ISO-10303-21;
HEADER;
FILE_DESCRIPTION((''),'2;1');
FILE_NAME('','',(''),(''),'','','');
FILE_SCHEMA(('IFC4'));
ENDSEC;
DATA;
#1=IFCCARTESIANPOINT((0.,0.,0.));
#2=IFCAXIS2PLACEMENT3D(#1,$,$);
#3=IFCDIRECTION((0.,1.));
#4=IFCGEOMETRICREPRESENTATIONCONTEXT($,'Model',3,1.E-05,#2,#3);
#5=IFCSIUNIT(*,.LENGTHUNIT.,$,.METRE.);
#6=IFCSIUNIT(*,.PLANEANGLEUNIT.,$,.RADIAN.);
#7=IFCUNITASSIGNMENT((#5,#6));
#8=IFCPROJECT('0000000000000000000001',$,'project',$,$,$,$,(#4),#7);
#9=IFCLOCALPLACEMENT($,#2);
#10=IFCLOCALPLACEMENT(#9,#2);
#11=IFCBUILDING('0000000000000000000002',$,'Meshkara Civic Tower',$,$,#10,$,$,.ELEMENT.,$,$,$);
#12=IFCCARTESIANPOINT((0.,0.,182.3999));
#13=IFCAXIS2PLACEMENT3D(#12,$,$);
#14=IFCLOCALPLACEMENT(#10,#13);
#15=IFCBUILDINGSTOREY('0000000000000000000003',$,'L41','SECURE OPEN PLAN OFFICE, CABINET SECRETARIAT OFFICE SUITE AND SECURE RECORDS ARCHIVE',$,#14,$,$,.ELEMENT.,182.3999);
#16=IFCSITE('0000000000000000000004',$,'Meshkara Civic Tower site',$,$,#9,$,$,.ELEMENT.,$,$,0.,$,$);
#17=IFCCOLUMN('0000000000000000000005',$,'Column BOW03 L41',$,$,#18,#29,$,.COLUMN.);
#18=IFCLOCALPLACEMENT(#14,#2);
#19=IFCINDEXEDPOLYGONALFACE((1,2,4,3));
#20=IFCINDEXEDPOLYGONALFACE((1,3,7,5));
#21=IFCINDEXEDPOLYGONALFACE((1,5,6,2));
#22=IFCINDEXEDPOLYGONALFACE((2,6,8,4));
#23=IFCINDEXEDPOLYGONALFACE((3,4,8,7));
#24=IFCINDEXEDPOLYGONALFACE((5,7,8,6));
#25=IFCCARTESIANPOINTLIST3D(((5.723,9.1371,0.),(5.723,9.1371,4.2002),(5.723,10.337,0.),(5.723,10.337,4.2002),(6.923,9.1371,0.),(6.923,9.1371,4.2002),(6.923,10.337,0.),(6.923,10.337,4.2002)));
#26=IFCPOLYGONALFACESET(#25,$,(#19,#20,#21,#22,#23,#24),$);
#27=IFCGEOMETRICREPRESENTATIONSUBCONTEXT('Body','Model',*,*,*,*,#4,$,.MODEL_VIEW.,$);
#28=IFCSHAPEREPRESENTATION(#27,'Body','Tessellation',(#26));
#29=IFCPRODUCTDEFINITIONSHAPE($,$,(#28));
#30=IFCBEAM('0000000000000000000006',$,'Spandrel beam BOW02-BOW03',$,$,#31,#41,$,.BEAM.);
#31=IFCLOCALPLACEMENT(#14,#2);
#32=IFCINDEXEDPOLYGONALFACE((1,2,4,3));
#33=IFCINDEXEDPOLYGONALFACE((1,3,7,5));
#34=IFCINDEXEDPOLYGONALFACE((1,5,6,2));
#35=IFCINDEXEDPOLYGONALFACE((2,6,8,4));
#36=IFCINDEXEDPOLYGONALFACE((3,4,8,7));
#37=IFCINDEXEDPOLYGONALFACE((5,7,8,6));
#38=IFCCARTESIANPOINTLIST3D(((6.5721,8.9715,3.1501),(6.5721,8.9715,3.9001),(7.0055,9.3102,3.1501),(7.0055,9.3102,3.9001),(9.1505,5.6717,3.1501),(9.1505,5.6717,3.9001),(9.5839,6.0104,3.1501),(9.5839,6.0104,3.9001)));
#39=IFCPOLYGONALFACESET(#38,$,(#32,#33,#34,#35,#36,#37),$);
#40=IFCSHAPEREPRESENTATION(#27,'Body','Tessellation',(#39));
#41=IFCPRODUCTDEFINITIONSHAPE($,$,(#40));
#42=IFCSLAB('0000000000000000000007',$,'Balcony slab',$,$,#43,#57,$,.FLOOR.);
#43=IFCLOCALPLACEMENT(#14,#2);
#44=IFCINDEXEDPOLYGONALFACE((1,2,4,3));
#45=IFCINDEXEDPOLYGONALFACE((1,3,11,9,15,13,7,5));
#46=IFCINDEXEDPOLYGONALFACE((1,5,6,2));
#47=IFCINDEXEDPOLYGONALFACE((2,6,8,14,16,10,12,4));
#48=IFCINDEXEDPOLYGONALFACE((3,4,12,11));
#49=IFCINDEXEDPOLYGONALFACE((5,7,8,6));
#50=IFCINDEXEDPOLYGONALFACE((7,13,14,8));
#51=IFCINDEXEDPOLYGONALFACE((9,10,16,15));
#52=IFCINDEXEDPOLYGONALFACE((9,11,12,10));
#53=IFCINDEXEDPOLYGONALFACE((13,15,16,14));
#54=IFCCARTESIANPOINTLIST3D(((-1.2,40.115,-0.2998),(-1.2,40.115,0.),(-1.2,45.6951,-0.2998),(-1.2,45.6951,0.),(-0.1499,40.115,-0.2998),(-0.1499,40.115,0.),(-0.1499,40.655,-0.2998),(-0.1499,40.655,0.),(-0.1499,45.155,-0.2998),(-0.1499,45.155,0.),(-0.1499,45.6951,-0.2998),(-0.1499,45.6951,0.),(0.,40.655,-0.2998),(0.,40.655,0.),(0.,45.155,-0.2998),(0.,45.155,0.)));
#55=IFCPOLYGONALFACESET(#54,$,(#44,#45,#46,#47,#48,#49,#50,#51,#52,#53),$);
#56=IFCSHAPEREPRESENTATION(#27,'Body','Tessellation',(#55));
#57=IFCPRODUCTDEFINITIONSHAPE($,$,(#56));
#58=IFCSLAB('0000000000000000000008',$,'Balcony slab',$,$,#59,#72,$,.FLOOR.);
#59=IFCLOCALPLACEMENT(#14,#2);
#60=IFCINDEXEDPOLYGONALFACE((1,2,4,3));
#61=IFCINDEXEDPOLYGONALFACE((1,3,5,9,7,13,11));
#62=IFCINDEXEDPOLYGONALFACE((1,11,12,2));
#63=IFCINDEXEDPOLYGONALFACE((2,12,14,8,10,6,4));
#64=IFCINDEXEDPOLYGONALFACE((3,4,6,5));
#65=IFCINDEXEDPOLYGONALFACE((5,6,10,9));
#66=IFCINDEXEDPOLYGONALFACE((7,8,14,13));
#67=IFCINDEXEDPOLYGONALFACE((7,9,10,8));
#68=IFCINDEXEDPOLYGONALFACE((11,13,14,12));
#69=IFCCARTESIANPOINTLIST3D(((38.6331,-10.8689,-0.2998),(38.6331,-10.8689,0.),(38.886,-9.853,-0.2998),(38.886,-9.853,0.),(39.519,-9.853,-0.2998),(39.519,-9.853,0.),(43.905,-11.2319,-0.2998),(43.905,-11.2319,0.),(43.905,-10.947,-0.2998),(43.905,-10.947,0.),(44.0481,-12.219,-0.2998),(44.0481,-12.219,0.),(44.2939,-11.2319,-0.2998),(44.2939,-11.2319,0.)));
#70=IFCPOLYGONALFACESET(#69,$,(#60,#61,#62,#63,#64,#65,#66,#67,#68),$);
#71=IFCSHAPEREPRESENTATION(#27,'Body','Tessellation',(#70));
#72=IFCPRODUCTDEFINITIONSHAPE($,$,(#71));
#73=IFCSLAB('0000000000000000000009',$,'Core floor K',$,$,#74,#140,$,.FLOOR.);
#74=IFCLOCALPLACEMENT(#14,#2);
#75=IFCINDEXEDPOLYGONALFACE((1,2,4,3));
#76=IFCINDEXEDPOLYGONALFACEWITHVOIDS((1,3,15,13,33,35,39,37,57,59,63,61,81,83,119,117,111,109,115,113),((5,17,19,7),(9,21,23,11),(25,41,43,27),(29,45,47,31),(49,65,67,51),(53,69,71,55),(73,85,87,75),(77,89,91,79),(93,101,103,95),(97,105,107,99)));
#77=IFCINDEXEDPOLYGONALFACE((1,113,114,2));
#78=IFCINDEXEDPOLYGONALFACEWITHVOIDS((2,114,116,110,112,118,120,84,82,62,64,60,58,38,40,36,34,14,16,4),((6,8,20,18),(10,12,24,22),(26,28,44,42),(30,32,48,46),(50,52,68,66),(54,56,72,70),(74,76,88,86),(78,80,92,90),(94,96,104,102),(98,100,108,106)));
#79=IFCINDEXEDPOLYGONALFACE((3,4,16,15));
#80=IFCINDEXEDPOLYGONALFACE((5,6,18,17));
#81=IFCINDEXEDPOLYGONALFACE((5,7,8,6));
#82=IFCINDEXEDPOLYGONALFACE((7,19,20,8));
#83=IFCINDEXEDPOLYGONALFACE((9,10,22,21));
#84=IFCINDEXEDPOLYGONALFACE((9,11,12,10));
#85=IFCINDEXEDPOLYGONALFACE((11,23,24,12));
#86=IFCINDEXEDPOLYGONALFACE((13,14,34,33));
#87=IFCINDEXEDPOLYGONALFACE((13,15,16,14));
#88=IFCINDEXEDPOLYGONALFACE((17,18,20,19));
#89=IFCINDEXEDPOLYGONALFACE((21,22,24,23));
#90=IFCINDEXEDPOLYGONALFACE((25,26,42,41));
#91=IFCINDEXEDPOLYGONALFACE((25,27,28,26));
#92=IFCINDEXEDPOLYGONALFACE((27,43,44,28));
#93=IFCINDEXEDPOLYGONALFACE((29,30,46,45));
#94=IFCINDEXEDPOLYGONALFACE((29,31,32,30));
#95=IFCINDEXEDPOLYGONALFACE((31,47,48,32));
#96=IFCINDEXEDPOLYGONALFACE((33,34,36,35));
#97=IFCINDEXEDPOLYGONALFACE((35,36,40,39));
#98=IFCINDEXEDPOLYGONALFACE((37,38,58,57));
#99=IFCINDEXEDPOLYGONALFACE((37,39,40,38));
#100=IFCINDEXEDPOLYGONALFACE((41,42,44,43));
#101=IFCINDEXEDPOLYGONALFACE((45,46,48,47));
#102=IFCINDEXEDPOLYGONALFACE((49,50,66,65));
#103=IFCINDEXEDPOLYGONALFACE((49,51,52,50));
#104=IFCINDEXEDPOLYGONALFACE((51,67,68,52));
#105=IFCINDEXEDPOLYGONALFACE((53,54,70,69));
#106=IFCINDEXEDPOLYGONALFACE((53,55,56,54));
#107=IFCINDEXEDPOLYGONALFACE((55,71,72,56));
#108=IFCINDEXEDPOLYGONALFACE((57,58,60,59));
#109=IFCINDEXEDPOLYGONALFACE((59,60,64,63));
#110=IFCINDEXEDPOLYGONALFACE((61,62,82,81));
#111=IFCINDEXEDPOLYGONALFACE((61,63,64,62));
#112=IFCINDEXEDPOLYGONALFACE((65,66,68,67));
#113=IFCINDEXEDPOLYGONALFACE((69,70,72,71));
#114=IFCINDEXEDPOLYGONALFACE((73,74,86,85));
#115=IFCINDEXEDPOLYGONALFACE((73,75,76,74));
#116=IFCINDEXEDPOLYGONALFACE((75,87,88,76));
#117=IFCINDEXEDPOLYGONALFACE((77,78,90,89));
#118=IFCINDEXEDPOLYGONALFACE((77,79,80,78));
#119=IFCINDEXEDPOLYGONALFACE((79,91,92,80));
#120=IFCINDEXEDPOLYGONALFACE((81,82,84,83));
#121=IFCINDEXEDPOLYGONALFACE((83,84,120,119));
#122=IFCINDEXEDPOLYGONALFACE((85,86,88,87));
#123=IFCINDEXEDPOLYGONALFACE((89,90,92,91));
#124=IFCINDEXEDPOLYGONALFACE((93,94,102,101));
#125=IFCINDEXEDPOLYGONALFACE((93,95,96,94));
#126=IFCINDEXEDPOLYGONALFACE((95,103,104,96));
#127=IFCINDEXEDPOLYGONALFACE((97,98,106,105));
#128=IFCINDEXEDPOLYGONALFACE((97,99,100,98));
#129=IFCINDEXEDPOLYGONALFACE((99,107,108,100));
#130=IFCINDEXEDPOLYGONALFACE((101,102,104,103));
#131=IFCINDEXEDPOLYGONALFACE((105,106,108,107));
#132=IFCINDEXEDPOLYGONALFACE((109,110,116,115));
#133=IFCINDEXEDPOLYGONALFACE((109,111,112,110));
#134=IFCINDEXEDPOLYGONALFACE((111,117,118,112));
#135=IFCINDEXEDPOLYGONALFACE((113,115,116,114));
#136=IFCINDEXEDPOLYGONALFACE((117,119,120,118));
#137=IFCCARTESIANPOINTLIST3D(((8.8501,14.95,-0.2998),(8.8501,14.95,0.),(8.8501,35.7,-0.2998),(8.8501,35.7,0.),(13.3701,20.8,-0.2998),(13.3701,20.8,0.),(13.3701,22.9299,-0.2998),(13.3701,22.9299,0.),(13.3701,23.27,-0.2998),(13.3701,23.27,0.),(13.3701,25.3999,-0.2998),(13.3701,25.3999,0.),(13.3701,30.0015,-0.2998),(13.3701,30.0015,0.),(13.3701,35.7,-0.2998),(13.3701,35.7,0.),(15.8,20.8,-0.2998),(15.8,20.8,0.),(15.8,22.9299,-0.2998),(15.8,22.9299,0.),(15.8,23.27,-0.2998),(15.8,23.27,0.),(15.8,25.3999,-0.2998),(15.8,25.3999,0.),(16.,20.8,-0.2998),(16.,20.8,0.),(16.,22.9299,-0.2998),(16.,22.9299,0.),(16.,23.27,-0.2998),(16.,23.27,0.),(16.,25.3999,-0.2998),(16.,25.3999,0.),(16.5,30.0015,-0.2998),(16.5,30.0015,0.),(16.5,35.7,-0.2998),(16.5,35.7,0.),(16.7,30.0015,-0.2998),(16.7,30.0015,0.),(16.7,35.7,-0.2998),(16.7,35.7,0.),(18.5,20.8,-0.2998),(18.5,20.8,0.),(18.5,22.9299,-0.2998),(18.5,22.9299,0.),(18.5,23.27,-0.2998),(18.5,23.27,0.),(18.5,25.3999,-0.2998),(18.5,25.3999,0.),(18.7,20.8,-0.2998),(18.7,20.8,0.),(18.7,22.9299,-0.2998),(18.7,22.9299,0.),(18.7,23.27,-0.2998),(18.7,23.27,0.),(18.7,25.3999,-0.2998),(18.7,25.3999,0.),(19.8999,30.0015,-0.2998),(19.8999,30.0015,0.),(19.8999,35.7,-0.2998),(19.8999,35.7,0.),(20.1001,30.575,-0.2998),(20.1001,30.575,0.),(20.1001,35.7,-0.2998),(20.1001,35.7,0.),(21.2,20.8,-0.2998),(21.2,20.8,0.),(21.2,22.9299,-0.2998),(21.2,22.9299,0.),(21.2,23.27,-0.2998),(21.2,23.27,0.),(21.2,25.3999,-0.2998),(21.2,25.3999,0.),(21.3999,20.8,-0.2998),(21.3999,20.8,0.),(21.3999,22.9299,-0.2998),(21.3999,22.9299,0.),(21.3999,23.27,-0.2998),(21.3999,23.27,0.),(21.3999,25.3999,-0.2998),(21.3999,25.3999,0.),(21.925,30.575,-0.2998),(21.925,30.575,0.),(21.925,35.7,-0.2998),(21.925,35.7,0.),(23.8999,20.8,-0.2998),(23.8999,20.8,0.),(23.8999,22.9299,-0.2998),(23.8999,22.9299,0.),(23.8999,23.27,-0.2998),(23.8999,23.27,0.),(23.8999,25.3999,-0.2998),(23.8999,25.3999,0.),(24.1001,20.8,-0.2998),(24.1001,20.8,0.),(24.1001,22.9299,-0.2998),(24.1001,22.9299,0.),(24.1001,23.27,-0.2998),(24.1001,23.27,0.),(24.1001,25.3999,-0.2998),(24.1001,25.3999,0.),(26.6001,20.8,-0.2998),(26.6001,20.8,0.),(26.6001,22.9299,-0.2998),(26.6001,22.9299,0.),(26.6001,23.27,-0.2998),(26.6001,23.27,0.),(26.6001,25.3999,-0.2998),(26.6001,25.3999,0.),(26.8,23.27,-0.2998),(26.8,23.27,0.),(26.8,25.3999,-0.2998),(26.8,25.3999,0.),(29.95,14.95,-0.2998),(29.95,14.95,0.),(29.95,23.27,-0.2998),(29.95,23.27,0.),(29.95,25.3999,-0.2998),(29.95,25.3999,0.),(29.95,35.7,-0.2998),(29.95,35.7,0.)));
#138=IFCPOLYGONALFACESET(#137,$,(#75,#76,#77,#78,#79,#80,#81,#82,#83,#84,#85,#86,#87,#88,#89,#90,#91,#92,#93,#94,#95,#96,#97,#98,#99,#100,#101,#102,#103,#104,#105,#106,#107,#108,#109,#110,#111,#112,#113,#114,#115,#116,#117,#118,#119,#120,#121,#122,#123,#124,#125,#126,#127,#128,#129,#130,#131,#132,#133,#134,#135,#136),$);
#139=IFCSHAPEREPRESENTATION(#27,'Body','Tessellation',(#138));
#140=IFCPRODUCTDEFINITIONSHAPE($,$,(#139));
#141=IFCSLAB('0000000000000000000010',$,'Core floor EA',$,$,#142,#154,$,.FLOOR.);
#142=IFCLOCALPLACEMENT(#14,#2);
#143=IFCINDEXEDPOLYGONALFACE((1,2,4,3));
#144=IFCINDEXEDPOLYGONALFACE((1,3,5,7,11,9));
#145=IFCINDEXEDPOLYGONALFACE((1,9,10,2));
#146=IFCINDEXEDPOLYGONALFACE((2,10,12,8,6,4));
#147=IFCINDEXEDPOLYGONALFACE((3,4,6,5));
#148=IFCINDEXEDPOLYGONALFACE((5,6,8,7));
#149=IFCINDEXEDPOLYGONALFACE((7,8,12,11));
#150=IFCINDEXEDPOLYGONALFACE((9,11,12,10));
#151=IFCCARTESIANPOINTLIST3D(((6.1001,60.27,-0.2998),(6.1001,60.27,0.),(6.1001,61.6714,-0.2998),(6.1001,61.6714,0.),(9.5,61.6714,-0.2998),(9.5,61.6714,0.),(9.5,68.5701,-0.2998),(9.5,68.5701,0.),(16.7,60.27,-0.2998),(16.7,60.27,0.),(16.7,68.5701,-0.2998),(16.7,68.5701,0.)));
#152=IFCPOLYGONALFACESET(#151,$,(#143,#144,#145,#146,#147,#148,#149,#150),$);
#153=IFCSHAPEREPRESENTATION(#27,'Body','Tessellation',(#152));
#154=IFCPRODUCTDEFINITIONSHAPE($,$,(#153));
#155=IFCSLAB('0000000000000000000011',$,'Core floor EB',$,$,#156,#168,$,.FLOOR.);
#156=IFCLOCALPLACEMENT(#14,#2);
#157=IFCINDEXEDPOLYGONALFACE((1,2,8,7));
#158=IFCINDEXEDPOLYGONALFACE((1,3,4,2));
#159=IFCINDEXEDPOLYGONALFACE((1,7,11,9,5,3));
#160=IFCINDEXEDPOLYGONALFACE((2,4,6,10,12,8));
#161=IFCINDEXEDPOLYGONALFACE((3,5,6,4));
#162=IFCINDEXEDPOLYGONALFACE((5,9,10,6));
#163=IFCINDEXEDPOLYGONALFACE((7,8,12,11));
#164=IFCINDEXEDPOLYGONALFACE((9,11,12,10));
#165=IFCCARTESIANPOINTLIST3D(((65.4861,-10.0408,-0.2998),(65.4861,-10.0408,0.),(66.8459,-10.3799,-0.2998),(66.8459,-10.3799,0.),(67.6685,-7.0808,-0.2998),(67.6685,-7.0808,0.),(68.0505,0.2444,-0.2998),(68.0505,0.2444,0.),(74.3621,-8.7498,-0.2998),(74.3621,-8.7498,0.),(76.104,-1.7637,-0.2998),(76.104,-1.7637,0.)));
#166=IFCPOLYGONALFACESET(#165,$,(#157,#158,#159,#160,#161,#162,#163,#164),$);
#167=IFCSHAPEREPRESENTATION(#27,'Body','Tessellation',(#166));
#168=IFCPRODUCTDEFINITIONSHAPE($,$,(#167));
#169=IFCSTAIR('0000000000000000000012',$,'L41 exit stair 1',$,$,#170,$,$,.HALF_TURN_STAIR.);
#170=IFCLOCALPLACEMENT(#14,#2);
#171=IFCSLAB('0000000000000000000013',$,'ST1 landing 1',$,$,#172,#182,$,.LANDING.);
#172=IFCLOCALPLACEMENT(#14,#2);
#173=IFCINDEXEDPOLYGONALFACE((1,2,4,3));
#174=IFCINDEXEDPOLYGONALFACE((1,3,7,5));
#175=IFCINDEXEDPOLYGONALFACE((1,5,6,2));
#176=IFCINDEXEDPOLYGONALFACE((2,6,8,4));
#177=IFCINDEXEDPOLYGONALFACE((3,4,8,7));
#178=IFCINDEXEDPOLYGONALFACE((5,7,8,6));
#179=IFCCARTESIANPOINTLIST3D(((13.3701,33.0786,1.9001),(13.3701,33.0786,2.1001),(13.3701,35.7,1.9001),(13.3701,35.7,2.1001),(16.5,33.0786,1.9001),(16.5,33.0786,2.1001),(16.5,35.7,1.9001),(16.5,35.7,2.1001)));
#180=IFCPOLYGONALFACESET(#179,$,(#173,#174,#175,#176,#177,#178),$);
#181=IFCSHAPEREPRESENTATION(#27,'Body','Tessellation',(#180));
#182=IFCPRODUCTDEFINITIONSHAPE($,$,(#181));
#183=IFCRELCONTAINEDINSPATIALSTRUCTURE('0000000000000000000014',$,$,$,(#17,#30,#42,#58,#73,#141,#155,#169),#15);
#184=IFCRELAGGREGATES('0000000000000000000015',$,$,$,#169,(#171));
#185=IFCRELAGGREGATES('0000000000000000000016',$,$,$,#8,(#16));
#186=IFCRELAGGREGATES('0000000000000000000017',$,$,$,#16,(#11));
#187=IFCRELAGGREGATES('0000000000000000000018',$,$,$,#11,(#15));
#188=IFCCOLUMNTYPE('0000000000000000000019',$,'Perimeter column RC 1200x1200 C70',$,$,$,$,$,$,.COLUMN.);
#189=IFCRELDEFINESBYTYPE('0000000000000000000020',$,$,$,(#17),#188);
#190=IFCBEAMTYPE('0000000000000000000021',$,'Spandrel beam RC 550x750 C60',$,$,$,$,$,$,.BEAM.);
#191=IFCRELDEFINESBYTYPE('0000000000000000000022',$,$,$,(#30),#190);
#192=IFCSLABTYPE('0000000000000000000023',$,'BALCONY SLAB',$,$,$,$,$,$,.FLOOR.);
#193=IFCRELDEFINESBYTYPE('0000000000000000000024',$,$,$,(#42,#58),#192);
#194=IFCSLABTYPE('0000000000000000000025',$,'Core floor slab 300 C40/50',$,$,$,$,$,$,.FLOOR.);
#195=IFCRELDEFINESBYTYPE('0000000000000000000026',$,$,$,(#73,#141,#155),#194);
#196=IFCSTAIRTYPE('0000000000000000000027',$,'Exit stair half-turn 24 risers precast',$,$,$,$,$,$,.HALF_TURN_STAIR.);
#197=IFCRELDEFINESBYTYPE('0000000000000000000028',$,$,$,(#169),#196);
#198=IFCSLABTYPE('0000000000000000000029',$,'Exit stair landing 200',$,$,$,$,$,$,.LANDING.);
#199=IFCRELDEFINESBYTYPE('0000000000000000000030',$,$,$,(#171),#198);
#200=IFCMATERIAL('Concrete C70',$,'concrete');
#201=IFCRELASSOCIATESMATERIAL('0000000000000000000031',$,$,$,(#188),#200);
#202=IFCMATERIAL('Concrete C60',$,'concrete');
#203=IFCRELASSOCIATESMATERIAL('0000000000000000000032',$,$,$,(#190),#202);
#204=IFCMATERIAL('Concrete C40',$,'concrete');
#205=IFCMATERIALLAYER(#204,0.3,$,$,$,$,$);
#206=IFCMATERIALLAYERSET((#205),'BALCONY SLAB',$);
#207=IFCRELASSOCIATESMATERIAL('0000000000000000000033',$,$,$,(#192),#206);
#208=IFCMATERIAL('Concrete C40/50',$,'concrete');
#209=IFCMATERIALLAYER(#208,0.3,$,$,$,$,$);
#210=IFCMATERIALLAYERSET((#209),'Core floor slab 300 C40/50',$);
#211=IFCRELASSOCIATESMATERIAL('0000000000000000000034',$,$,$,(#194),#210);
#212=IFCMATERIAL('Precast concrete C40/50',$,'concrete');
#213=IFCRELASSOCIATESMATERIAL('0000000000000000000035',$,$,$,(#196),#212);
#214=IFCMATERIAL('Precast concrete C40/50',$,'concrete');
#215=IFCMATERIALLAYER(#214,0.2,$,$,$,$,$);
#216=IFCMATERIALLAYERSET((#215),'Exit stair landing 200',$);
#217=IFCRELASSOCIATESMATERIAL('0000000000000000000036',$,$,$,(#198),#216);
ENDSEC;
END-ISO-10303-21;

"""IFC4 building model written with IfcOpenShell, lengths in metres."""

from ifc_helpers import new_model, si_unit, direction, frame, origin, origin_2d, place, context, subcontext, project, spatial, polyline, rectangle, outline, extrude, material, layer, layer_set, material_profile, profile_set, type_object, element, aggregate, save


model = new_model("IFC4")

# Units and contexts
model_context = context("Model", 3, precision=1e-05, world=origin(), true_north=direction((0.0, 1.0)))
body_context = subcontext(model_context, "Body", "Model", "MODEL_VIEW")
ifc_project = project(units=[si_unit("LENGTHUNIT", "METRE"), si_unit("PLANEANGLEUNIT", "RADIAN")], contexts=[model_context])

# Site, building, storey
site_placement = place(None, origin())
site = spatial("IfcSite", under=ifc_project, at=site_placement, Name="Meshkara Civic Tower site", CompositionType="ELEMENT", RefElevation=0.0)
building_placement = place(site_placement, origin())
building = spatial("IfcBuilding", under=site, at=building_placement, Name="Meshkara Civic Tower", CompositionType="ELEMENT")
storey_placement = place(building_placement, frame((0.0, 0.0, 182.3999)))
storey = spatial("IfcBuildingStorey", under=building, at=storey_placement, Name="L41", Description="SECURE OPEN PLAN OFFICE, CABINET SECRETARIAT OFFICE SUITE AND SECURE RECORDS ARCHIVE", CompositionType="ELEMENT", Elevation=182.3999)

# Column
ifc_material_1 = material(Name="Concrete C70", Category="concrete")
ifc_material_profile_1 = material_profile(ifc_material_1, rectangle(XDim=1.2, YDim=1.2, at=origin_2d()))
ifc_profile_set_1 = profile_set([ifc_material_profile_1], Name="Concrete C70")
column_type = type_object("IfcColumnType", Name="Perimeter column RC 1200x1200 C70", PredefinedType="COLUMN", material=ifc_profile_set_1)
column_placement = place(storey_placement, frame((6.323, 9.7371, 0.0), z_axis=(0.0, 0.0, 1.0), x_axis=(1.0, 0.0, 0.0)))
element("IfcColumn", 1, at=column_placement, inside=storey, type_object=column_type, Name="Column BOW03 L41", PredefinedType="COLUMN", context=body_context, shape_type="SweptSolid", body=[
    extrude(rectangle(XDim=1.2, YDim=1.2, at=origin_2d()), origin(), (0.0, 0.0, 1.0), 4.2002),
])

# Beam
ifc_material_2 = material(Name="Concrete C60", Category="concrete")
ifc_material_profile_2 = material_profile(ifc_material_2, rectangle(XDim=0.55, YDim=0.75, at=origin_2d()))
ifc_profile_set_2 = profile_set([ifc_material_profile_2], Name="Concrete C60")
beam_type = type_object("IfcBeamType", Name="Spandrel beam RC 550x750 C60", PredefinedType="BEAM", material=ifc_profile_set_2)
beam_placement = place(storey_placement, frame((6.7888, 9.1409, 3.5251), z_axis=(0.615703, -0.787978, 0.0), x_axis=(0.787978, 0.615703, 0.0)))
element("IfcBeam", 2, at=beam_placement, inside=storey, type_object=beam_type, Name="Spandrel beam BOW02-BOW03", PredefinedType="BEAM", context=body_context, shape_type="SweptSolid", body=[
    extrude(rectangle(XDim=0.55, YDim=0.75, at=origin_2d()), origin(), (0.0, 0.0, 1.0), 4.1877),
])

# Slabs
ifc_material_3 = material(Name="Concrete C40", Category="concrete")
ifc_layer_1 = layer(ifc_material_3, 0.3)
ifc_layer_set_1 = layer_set([ifc_layer_1], Name="BALCONY SLAB")
slab_type_1 = type_object("IfcSlabType", Name="BALCONY SLAB", PredefinedType="FLOOR", material=ifc_layer_set_1)
slab_1_placement = place(storey_placement, frame((0.0, 0.0, -0.2998)))
element("IfcSlab", 3, at=slab_1_placement, inside=storey, type_object=slab_type_1, Name="Balcony slab", PredefinedType="FLOOR", context=body_context, shape_type="SweptSolid", body=[
    extrude(outline(polyline([(-1.2, 40.115), (-1.2, 45.6951), (-0.1499, 45.6951), (-0.1499, 45.155), (0.0, 45.155), (0.0, 40.655), (-0.1499, 40.655), (-0.1499, 40.115), (-1.2, 40.115)])), origin(), (0.0, 0.0, 1.0), 0.2998),
])
slab_2_placement = place(storey_placement, frame((0.0, 0.0, -0.2998)))
element("IfcSlab", 4, at=slab_2_placement, inside=storey, type_object=slab_type_1, Name="Balcony slab", PredefinedType="FLOOR", context=body_context, shape_type="SweptSolid", body=[
    extrude(outline(polyline([(44.0481, -12.219), (38.6331, -10.8689), (38.886, -9.853), (39.519, -9.853), (43.905, -10.947), (43.905, -11.2319), (44.2939, -11.2319), (44.0481, -12.219)])), origin(), (0.0, 0.0, 1.0), 0.2998),
])
ifc_material_4 = material(Name="Concrete C40/50", Category="concrete")
ifc_layer_2 = layer(ifc_material_4, 0.3)
ifc_layer_set_2 = layer_set([ifc_layer_2], Name="Core floor slab 300 C40/50")
slab_type_2 = type_object("IfcSlabType", Name="Core floor slab 300 C40/50", PredefinedType="FLOOR", material=ifc_layer_set_2)
slab_3_placement = place(storey_placement, frame((0.0, 0.0, -0.2998)))
element("IfcSlab", 5, at=slab_3_placement, inside=storey, type_object=slab_type_2, Name="Core floor K", PredefinedType="FLOOR", context=body_context, shape_type="SweptSolid", body=[
    extrude(outline(polyline([(8.8501, 35.7), (13.3701, 35.7), (13.3701, 30.0015), (16.5, 30.0015), (16.5, 35.7), (16.7, 35.7), (16.7, 30.0015), (19.8999, 30.0015), (19.8999, 35.7), (20.1001, 35.7), (20.1001, 30.575), (21.925, 30.575), (21.925, 35.7), (29.95, 35.7), (29.95, 25.3999), (26.8, 25.3999), (26.8, 23.27), (29.95, 23.27), (29.95, 14.95), (8.8501, 14.95), (8.8501, 35.7)]), holes=[polyline([(15.8, 22.9299), (13.3701, 22.9299), (13.3701, 20.8), (15.8, 20.8), (15.8, 22.9299)]), polyline([(16.0, 22.9299), (16.0, 20.8), (18.5, 20.8), (18.5, 22.9299), (16.0, 22.9299)]), polyline([(18.7, 22.9299), (18.7, 20.8), (21.2, 20.8), (21.2, 22.9299), (18.7, 22.9299)]), polyline([(15.8, 23.27), (15.8, 25.3999), (13.3701, 25.3999), (13.3701, 23.27), (15.8, 23.27)]), polyline([(16.0, 25.3999), (16.0, 23.27), (18.5, 23.27), (18.5, 25.3999), (16.0, 25.3999)]), polyline([(21.3999, 20.8), (23.8999, 20.8), (23.8999, 22.9299), (21.3999, 22.9299), (21.3999, 20.8)]), polyline([(24.1001, 20.8), (26.6001, 20.8), (26.6001, 22.9299), (24.1001, 22.9299), (24.1001, 20.8)]), polyline([(18.7, 25.3999), (18.7, 23.27), (21.2, 23.27), (21.2, 25.3999), (18.7, 25.3999)]), polyline([(21.3999, 25.3999), (21.3999, 23.27), (23.8999, 23.27), (23.8999, 25.3999), (21.3999, 25.3999)]), polyline([(26.6001, 23.27), (26.6001, 25.3999), (24.1001, 25.3999), (24.1001, 23.27), (26.6001, 23.27)])]), origin(), (0.0, 0.0, 1.0), 0.2998),
])
slab_4_placement = place(storey_placement, frame((0.0, 0.0, -0.2998)))
element("IfcSlab", 6, at=slab_4_placement, inside=storey, type_object=slab_type_2, Name="Core floor EA", PredefinedType="FLOOR", context=body_context, shape_type="SweptSolid", body=[
    extrude(outline(polyline([(16.7, 60.27), (16.7, 68.5701), (9.5, 68.5701), (9.5, 61.6714), (6.1001, 61.6714), (6.1001, 60.27), (16.7, 60.27)])), origin(), (0.0, 0.0, 1.0), 0.2998),
])
slab_5_placement = place(storey_placement, frame((0.0, 0.0, -0.2998)))
element("IfcSlab", 7, at=slab_5_placement, inside=storey, type_object=slab_type_2, Name="Core floor EB", PredefinedType="FLOOR", context=body_context, shape_type="SweptSolid", body=[
    extrude(outline(polyline([(68.0505, 0.2444), (76.104, -1.7637), (74.3621, -8.7498), (67.6685, -7.0808), (66.8459, -10.3799), (65.4861, -10.0408), (68.0505, 0.2444)])), origin(), (0.0, 0.0, 1.0), 0.2998),
])

# Stair, slab
ifc_material_5 = material(Name="Precast concrete C40/50", Category="concrete")
stair_type = type_object("IfcStairType", Name="Exit stair half-turn 24 risers precast", PredefinedType="HALF_TURN_STAIR", material=ifc_material_5)
stair_1_placement = place(storey_placement, origin())
stair_1 = element("IfcStair", 8, at=stair_1_placement, inside=storey, type_object=stair_type, Name="L41 exit stair 1", PredefinedType="HALF_TURN_STAIR")
ifc_material_6 = material(Name="Precast concrete C40/50", Category="concrete")
ifc_layer_3 = layer(ifc_material_6, 0.2)
ifc_layer_set_3 = layer_set([ifc_layer_3], Name="Exit stair landing 200")
slab_type_3 = type_object("IfcSlabType", Name="Exit stair landing 200", PredefinedType="LANDING", material=ifc_layer_set_3)
slab_6_placement = place(storey_placement, frame((0.0, 0.0, 1.9001)))
slab_6 = element("IfcSlab", 9, at=slab_6_placement, type_object=slab_type_3, Name="ST1 landing 1", PredefinedType="LANDING", context=body_context, shape_type="SweptSolid", body=[
    extrude(outline(polyline([(16.5, 33.0786), (16.5, 35.7), (13.3701, 35.7), (13.3701, 33.0786), (16.5, 33.0786)])), origin(), (0.0, 0.0, 1.0), 0.2),
])
aggregate(stair_1, [slab_6])

save(model, "model.ifc")
